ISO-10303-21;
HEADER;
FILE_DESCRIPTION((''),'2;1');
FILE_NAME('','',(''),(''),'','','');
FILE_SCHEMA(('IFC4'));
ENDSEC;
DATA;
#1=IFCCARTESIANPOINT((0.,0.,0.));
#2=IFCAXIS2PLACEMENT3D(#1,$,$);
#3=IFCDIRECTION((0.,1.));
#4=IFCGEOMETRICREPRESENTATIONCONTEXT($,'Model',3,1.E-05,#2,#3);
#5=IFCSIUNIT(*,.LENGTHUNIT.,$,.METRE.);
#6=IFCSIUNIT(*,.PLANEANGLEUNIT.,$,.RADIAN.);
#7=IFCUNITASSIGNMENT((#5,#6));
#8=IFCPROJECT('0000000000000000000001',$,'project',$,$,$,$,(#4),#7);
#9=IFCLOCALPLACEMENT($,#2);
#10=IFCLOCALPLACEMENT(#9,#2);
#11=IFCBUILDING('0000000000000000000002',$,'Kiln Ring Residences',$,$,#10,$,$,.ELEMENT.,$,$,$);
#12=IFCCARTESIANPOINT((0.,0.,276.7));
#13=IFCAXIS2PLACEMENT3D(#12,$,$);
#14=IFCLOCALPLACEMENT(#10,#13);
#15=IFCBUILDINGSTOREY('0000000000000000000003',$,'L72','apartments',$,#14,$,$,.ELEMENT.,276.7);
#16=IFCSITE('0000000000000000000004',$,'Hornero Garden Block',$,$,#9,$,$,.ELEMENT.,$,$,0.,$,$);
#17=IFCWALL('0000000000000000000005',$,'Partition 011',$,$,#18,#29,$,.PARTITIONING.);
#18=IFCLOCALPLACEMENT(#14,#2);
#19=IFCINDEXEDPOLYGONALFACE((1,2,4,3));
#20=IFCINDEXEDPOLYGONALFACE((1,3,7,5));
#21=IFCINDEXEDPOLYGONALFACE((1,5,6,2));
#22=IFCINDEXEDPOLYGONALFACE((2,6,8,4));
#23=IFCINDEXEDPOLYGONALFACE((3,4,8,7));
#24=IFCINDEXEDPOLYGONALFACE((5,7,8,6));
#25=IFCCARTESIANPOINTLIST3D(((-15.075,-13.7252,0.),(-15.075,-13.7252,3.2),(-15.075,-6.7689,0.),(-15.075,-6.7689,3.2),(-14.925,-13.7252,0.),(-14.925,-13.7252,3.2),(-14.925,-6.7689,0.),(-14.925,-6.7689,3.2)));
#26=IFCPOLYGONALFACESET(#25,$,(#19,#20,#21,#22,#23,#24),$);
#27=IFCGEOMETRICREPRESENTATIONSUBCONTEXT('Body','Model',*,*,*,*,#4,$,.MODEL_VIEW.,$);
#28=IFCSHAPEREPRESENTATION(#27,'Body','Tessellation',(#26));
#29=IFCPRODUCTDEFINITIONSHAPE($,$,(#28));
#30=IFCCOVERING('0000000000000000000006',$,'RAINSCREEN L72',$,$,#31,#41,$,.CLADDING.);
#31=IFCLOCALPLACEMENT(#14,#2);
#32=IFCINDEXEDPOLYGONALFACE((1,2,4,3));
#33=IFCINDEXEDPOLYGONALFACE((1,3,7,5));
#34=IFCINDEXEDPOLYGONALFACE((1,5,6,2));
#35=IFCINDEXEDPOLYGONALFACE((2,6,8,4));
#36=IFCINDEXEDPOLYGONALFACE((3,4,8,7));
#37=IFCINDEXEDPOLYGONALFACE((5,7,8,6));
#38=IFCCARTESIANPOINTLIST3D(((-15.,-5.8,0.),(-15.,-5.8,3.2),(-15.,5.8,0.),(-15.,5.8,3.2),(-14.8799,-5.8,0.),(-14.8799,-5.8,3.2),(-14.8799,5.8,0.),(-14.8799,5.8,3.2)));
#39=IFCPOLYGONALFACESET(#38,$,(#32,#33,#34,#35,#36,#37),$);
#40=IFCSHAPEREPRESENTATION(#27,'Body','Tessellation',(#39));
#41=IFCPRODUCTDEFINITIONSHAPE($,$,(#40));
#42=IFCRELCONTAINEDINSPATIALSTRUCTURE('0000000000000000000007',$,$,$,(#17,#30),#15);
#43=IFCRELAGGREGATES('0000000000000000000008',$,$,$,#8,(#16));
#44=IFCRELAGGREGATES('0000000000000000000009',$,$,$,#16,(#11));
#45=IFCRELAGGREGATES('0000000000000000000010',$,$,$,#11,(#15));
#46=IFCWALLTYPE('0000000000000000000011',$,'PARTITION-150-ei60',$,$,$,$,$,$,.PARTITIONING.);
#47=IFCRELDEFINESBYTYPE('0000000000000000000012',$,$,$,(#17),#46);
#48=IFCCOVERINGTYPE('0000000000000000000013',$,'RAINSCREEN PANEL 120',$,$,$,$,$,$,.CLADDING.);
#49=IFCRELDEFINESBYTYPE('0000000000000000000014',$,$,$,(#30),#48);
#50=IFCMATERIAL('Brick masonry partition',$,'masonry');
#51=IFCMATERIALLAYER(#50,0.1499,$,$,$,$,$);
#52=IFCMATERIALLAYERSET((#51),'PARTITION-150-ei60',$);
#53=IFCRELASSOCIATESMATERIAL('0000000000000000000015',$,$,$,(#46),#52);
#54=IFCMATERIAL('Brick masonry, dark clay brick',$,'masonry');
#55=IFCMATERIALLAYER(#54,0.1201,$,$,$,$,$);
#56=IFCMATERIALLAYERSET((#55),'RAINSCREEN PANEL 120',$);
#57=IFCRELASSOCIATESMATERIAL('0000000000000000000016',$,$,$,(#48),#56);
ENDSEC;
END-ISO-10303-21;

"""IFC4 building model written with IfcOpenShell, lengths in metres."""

from ifc_helpers import new_model, si_unit, direction, frame, frame_2d, origin, place, context, subcontext, project, spatial, polyline, rectangle, outline, extrude, material, layer, layer_set, type_object, element, save


model = new_model("IFC4")

# Units and contexts
model_context = context("Model", 3, precision=1e-05, world=origin(), true_north=direction((0.0, 1.0)))
body_context = subcontext(model_context, "Body", "Model", "MODEL_VIEW")
ifc_project = project(units=[si_unit("LENGTHUNIT", "METRE"), si_unit("PLANEANGLEUNIT", "RADIAN")], contexts=[model_context])

# Site, building, storey
site_placement = place(None, origin())
site = spatial("IfcSite", under=ifc_project, at=site_placement, Name="Hornero Garden Block", CompositionType="ELEMENT", RefElevation=0.0)
building_placement = place(site_placement, origin())
building = spatial("IfcBuilding", under=site, at=building_placement, Name="Kiln Ring Residences", CompositionType="ELEMENT")
storey_placement = place(building_placement, frame((0.0, 0.0, 276.7)))
storey = spatial("IfcBuildingStorey", under=building, at=storey_placement, Name="L72", Description="apartments", CompositionType="ELEMENT", Elevation=276.7)

# Shared definitions
ifc_material_1 = material(Name="Brick masonry partition", Category="masonry")
ifc_layer_1 = layer(ifc_material_1, 0.1499)
ifc_layer_set_1 = layer_set([ifc_layer_1], Name="PARTITION-150-ei60")
wall_type_1 = type_object("IfcWallType", Name="PARTITION-150-ei60", PredefinedType="PARTITIONING", material=ifc_layer_set_1)

# Wall
wall_1_placement = place(storey_placement, frame((-15.0, -13.7251, 0.0), z_axis=(0.0, 0.0, 1.0), x_axis=(0.0, 1.0, 0.0)))
element("IfcWall", 1, at=wall_1_placement, inside=storey, type_object=wall_type_1, Name="Partition 011", PredefinedType="PARTITIONING", context=body_context, shape_type="SweptSolid", body=[
    extrude(rectangle(XDim=6.9563, YDim=0.1499, at=frame_2d((3.478, 0.0))), origin(), (0.0, 0.0, 1.0), 3.2),
])

# Covering
ifc_material_2 = material(Name="Brick masonry, dark clay brick", Category="masonry")
ifc_layer_2 = layer(ifc_material_2, 0.1201)
ifc_layer_set_2 = layer_set([ifc_layer_2], Name="RAINSCREEN PANEL 120")
covering_type = type_object("IfcCoveringType", Name="RAINSCREEN PANEL 120", PredefinedType="CLADDING", material=ifc_layer_set_2)
covering_placement = place(storey_placement, frame((-14.9399, -5.8, 0.0), z_axis=(0.0, 0.0, 1.0), x_axis=(0.0, 1.0, 0.0)))
element("IfcCovering", 2, at=covering_placement, inside=storey, type_object=covering_type, Name="RAINSCREEN L72", PredefinedType="CLADDING", context=body_context, shape_type="SweptSolid", body=[
    extrude(outline(polyline([(0.0, 0.0), (11.6001, 0.0), (11.6001, 3.2), (0.0, 3.2), (0.0, 0.0)])), frame((0.0, 0.0601, 0.0), z_axis=(0.0, -1.0, 0.0), x_axis=(1.0, 0.0, 0.0)), (0.0, 0.0, 1.0), 0.1201),
])

save(model, "model.ifc")
